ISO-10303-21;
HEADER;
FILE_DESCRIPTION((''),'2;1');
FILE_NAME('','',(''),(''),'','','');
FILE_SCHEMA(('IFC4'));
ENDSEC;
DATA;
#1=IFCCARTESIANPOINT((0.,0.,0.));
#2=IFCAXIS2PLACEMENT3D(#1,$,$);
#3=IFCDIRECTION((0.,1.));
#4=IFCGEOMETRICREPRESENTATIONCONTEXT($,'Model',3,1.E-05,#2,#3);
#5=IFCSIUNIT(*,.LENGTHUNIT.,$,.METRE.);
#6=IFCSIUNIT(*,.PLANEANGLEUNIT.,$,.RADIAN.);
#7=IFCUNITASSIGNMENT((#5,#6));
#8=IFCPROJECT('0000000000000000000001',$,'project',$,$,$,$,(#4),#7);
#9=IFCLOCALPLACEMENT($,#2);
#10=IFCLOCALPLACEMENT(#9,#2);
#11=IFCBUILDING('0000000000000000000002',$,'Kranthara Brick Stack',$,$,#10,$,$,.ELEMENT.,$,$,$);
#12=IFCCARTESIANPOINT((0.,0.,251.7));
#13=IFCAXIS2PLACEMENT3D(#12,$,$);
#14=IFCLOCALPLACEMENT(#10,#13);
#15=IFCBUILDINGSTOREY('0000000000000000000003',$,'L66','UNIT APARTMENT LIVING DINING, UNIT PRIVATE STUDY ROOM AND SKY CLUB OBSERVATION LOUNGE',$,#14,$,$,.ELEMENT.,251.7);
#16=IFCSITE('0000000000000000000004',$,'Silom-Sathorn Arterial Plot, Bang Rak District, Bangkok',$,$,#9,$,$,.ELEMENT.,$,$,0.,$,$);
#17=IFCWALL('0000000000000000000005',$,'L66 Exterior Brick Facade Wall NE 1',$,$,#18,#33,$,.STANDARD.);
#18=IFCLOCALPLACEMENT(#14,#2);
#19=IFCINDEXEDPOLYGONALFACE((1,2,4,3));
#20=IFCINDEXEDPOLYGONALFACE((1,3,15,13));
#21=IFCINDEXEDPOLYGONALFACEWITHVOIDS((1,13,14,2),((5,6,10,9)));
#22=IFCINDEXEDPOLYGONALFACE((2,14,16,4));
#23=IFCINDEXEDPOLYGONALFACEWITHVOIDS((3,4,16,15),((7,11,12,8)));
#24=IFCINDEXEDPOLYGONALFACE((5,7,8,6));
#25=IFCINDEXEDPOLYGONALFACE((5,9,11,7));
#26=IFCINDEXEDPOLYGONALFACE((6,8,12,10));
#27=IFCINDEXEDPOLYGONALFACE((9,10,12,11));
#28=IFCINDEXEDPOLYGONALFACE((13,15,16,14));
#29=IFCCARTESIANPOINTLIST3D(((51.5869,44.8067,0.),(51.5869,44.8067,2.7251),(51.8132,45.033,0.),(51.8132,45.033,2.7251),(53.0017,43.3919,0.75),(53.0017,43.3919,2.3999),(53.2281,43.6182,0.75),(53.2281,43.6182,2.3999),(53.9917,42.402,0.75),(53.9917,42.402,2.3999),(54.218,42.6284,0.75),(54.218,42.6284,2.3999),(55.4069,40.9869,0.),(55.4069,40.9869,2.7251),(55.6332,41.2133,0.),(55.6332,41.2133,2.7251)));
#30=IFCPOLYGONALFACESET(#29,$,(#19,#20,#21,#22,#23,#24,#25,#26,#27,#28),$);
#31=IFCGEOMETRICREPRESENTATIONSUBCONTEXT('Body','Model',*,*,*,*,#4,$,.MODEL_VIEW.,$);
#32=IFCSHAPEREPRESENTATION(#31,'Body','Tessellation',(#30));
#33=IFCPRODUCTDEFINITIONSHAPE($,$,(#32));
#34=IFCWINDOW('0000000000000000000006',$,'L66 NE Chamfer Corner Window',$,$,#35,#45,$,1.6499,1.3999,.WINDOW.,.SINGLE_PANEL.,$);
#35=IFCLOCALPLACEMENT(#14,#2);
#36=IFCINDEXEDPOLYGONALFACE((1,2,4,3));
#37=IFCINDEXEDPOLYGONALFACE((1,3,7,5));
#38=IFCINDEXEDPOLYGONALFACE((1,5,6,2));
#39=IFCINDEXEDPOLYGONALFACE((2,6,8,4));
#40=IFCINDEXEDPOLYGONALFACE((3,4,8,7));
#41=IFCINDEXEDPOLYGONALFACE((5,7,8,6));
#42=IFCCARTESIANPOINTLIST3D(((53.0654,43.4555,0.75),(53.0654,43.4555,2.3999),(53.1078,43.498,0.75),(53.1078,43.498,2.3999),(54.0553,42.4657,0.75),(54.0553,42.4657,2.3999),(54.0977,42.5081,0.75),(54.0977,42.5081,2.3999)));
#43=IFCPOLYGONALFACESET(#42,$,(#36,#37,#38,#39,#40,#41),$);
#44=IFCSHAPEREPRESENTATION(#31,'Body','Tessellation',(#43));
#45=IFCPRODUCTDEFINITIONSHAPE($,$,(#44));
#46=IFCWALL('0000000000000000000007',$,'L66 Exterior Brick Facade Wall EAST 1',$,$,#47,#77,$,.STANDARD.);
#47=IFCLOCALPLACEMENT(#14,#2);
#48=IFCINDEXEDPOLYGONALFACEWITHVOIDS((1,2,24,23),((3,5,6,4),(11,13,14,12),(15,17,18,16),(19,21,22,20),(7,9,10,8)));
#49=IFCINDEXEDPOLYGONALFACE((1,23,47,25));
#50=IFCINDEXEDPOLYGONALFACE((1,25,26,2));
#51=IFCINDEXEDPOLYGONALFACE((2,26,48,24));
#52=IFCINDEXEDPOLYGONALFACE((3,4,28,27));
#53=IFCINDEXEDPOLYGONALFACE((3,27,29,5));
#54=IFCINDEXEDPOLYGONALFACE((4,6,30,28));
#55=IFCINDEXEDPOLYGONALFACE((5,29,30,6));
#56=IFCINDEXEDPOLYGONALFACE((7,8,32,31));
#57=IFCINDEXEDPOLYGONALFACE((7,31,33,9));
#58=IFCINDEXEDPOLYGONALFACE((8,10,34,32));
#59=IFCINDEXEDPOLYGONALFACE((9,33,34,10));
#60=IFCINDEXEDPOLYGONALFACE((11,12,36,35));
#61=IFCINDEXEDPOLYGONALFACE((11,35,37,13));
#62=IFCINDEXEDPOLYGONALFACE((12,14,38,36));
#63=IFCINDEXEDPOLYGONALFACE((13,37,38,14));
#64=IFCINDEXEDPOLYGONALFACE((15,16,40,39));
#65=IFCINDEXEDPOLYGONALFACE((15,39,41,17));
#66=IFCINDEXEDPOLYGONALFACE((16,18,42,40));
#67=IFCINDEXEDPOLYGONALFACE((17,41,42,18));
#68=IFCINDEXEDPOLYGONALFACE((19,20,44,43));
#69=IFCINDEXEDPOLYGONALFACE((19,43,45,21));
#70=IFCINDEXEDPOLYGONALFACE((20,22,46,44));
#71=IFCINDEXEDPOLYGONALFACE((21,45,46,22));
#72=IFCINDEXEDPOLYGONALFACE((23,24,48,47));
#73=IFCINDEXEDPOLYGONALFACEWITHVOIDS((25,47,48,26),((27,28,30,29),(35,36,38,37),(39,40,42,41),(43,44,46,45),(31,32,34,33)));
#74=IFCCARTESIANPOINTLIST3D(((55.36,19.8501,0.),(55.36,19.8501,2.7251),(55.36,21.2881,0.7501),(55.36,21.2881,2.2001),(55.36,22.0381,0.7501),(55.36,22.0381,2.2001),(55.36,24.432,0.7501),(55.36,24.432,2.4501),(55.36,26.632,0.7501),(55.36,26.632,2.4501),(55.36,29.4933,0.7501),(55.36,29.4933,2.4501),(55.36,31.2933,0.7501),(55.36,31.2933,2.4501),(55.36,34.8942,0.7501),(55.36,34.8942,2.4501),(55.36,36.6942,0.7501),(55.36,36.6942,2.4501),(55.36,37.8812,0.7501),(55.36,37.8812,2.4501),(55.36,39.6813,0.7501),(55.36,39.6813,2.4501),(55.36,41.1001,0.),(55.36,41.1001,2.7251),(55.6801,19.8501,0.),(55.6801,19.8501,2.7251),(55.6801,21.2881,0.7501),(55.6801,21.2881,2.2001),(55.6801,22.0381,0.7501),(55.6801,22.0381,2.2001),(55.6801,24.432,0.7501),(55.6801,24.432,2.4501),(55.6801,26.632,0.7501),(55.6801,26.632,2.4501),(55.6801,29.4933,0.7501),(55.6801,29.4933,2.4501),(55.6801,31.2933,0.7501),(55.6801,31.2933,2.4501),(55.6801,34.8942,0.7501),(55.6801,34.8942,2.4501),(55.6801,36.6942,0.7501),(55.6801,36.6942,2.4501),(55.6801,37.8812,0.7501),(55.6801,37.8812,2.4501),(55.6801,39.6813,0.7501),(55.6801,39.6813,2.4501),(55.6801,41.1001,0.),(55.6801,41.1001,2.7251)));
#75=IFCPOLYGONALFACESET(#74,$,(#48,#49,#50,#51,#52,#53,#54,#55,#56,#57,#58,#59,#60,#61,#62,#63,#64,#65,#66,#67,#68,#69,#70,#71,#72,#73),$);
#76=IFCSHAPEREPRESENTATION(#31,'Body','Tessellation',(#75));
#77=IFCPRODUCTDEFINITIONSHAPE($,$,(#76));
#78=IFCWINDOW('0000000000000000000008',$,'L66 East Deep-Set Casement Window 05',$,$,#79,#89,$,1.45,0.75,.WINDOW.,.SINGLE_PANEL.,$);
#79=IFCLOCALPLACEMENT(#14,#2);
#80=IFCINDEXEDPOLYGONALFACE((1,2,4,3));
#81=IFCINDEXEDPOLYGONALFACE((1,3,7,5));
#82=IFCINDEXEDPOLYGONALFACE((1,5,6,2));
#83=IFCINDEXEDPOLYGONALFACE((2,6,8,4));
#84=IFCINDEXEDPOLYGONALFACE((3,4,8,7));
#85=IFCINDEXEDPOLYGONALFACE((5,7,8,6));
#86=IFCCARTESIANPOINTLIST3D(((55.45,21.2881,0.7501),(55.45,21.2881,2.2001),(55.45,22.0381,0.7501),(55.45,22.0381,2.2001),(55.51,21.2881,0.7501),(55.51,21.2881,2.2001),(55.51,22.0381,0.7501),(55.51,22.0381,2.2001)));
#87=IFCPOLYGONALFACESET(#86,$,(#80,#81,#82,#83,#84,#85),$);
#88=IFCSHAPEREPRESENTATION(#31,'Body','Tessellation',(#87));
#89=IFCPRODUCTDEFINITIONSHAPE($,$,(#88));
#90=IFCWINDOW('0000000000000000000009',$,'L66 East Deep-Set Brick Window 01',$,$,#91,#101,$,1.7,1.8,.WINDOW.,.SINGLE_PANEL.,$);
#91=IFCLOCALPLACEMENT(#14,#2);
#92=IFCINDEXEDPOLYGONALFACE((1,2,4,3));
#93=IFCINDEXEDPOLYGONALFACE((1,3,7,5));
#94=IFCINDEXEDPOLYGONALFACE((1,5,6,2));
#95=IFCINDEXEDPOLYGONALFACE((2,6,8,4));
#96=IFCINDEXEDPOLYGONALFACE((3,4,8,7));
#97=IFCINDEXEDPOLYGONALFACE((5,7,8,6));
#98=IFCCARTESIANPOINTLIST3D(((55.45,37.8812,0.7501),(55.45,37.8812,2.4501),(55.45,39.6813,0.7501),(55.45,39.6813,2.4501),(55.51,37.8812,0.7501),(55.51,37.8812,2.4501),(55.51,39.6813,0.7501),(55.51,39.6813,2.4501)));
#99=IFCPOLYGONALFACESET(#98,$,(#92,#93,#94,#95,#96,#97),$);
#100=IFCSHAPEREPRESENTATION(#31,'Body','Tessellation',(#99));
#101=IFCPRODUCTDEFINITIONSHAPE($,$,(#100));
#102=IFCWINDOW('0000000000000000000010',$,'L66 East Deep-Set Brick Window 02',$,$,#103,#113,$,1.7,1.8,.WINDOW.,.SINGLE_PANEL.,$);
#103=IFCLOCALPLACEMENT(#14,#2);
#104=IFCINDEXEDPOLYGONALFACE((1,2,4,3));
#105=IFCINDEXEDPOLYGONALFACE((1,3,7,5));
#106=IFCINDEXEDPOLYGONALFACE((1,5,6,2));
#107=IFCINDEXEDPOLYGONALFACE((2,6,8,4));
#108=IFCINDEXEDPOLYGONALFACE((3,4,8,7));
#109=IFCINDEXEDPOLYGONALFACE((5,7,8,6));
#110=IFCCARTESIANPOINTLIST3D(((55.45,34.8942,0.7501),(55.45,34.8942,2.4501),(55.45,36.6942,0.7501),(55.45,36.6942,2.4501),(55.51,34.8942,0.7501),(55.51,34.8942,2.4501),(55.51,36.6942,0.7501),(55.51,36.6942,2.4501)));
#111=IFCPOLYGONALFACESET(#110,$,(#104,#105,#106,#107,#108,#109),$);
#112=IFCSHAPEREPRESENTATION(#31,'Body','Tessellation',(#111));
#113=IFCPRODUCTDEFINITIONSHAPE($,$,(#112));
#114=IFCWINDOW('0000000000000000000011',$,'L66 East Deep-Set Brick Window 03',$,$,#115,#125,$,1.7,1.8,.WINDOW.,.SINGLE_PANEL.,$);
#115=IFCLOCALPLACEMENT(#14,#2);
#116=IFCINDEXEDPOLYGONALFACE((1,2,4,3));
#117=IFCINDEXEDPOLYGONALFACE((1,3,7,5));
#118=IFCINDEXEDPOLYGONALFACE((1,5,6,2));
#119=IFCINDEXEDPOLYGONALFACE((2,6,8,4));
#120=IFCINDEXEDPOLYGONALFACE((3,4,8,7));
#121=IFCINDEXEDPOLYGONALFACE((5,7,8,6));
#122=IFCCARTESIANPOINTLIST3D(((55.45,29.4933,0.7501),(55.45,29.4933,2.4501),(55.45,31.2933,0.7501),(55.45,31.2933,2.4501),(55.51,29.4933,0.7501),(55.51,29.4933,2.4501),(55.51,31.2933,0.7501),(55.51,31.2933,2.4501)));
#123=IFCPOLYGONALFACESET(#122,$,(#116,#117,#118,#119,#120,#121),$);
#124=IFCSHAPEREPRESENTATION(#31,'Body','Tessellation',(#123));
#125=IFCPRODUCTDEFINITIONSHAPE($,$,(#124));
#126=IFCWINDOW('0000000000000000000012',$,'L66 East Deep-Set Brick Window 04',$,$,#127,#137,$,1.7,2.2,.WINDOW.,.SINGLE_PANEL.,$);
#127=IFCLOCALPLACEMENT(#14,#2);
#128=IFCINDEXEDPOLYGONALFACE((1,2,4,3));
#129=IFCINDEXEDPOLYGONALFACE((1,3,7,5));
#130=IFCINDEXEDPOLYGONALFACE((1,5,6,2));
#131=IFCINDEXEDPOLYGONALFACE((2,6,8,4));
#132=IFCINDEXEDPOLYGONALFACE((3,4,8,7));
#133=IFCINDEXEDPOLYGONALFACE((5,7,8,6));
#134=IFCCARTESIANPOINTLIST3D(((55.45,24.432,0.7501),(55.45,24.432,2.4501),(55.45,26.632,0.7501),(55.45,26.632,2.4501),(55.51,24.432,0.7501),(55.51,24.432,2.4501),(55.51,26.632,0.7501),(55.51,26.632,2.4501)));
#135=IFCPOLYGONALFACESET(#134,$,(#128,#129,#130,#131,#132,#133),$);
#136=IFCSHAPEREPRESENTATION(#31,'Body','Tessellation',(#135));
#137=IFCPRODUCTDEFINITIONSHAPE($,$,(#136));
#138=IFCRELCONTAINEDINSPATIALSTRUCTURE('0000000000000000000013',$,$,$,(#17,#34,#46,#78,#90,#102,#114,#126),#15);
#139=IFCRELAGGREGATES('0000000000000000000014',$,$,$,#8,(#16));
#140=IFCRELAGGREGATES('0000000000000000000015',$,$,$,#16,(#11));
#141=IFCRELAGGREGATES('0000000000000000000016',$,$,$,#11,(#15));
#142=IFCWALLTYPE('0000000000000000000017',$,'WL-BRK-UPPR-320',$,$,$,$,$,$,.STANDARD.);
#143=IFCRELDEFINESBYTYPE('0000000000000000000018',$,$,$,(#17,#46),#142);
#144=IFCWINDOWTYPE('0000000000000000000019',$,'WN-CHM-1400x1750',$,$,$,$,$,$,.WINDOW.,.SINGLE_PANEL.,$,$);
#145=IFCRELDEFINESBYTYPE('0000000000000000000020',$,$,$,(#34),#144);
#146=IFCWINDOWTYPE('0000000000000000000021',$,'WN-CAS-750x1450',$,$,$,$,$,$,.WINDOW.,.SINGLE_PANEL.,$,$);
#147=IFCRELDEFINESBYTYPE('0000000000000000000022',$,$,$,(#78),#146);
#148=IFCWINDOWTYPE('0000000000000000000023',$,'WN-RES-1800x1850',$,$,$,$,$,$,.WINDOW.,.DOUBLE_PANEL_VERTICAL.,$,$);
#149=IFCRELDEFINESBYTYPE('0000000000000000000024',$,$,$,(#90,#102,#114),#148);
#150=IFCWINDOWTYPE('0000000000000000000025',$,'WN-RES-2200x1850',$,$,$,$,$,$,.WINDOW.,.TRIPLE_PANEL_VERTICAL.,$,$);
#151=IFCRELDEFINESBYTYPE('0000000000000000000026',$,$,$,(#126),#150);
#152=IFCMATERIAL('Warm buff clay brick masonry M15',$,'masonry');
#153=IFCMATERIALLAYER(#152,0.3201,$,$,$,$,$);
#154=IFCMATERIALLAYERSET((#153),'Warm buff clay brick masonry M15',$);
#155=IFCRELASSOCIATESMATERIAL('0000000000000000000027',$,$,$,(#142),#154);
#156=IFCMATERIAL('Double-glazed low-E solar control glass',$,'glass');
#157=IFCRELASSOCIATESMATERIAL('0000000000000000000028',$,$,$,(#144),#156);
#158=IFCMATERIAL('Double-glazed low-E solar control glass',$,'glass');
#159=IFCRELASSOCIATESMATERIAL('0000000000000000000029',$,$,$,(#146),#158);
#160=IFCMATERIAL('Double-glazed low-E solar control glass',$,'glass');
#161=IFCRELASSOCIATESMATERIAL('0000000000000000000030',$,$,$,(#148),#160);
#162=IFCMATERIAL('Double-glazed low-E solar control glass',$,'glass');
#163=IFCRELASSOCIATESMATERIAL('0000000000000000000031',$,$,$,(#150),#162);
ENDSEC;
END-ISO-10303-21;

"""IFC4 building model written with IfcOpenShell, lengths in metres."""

from ifc_helpers import new_model, si_unit, direction, frame, frame_2d, origin, place, context, subcontext, project, spatial, rectangle, extrude, material, layer, layer_set, type_object, element, fill, save


model = new_model("IFC4")

# Units and contexts
model_context = context("Model", 3, precision=1e-05, world=origin(), true_north=direction((0.0, 1.0)))
body_context = subcontext(model_context, "Body", "Model", "MODEL_VIEW")
ifc_project = project(units=[si_unit("LENGTHUNIT", "METRE"), si_unit("PLANEANGLEUNIT", "RADIAN")], contexts=[model_context])

# Site, building, storey
site_placement = place(None, origin())
site = spatial("IfcSite", under=ifc_project, at=site_placement, Name="Silom-Sathorn Arterial Plot, Bang Rak District, Bangkok", CompositionType="ELEMENT", RefElevation=0.0)
building_placement = place(site_placement, origin())
building = spatial("IfcBuilding", under=site, at=building_placement, Name="Kranthara Brick Stack", CompositionType="ELEMENT")
storey_placement = place(building_placement, frame((0.0, 0.0, 251.7)))
storey = spatial("IfcBuildingStorey", under=building, at=storey_placement, Name="L66", Description="UNIT APARTMENT LIVING DINING, UNIT PRIVATE STUDY ROOM AND SKY CLUB OBSERVATION LOUNGE", CompositionType="ELEMENT", Elevation=251.7)

# Wall, opening, window
ifc_material_1 = material(Name="Warm buff clay brick masonry M15", Category="masonry")
ifc_layer_1 = layer(ifc_material_1, 0.3201)
ifc_layer_set_1 = layer_set([ifc_layer_1], Name="Warm buff clay brick masonry M15")
wall_type_1 = type_object("IfcWallType", Name="WL-BRK-UPPR-320", PredefinedType="STANDARD", material=ifc_layer_set_1)
wall_1_placement = place(storey_placement, frame((51.7, 44.9199, 0.0), z_axis=(0.0, 0.0, 1.0), x_axis=(0.707129, -0.707084, 0.0)))
wall_1 = element("IfcWall", 1, at=wall_1_placement, inside=storey, type_object=wall_type_1, Name="L66 Exterior Brick Facade Wall NE 1", PredefinedType="STANDARD", context=body_context, shape_type="SweptSolid", body=[
    extrude(rectangle(XDim=5.4021, YDim=0.3201, at=frame_2d((2.7012, 0.0))), origin(), (0.0, 0.0, 1.0), 2.7251),
])
opening_1_placement = place(wall_1_placement, frame((2.001, 0.0, 0.75)))
opening_1 = element("IfcOpeningElement", 2, at=opening_1_placement, cuts=wall_1, PredefinedType="OPENING", context=body_context, shape_type="SweptSolid", body=[
    extrude(rectangle(XDim=1.3999, YDim=1.6499, at=frame_2d((0.7, 0.825))), frame((0.0, 0.1699, 0.0), z_axis=(0.0, -1.0, 0.0), x_axis=(1.0, 0.0, 0.0)), (0.0, 0.0, 1.0), 0.3401),
])
ifc_material_2 = material(Name="Double-glazed low-E solar control glass", Category="glass")
window_type_1 = type_object("IfcWindowType", Name="WN-CHM-1400x1750", PartitioningType="SINGLE_PANEL", PredefinedType="WINDOW", material=ifc_material_2)
window_1_placement = place(opening_1_placement, origin())
window_1 = element("IfcWindow", 3, at=window_1_placement, inside=storey, type_object=window_type_1, Name="L66 NE Chamfer Corner Window", OverallHeight=1.6499, OverallWidth=1.3999, PartitioningType="SINGLE_PANEL", PredefinedType="WINDOW", context=body_context, shape_type="SweptSolid", body=[
    extrude(rectangle(XDim=1.3999, YDim=1.6499, at=frame_2d((0.7, 0.825))), frame((0.0, -0.01, 0.0), z_axis=(0.0, -1.0, 0.0), x_axis=(1.0, 0.0, 0.0)), (0.0, 0.0, 1.0), 0.0601),
])
fill(opening_1, window_1)

# Wall, openings, windows
wall_2_placement = place(storey_placement, frame((55.52, 41.1001, 0.0), z_axis=(0.0, 0.0, 1.0), x_axis=(0.0, -1.0, 0.0)))
wall_2 = element("IfcWall", 4, at=wall_2_placement, inside=storey, type_object=wall_type_1, Name="L66 Exterior Brick Facade Wall EAST 1", PredefinedType="STANDARD", context=body_context, shape_type="SweptSolid", body=[
    extrude(rectangle(XDim=21.25, YDim=0.3201, at=frame_2d((10.625, 0.0))), origin(), (0.0, 0.0, 1.0), 2.7251),
])
opening_2_placement = place(wall_2_placement, frame((1.4189, 0.0, 0.75)))
opening_2 = element("IfcOpeningElement", 5, at=opening_2_placement, cuts=wall_2, PredefinedType="OPENING", context=body_context, shape_type="SweptSolid", body=[
    extrude(rectangle(XDim=1.8, YDim=1.7, at=frame_2d((0.8999, 0.8501))), frame((0.0, 0.1699, 0.0), z_axis=(0.0, -1.0, 0.0), x_axis=(1.0, 0.0, 0.0)), (0.0, 0.0, 1.0), 0.3401),
])
opening_3_placement = place(wall_2_placement, frame((4.406, 0.0, 0.75)))
opening_3 = element("IfcOpeningElement", 6, at=opening_3_placement, cuts=wall_2, PredefinedType="OPENING", context=body_context, shape_type="SweptSolid", body=[
    extrude(rectangle(XDim=1.8, YDim=1.7, at=frame_2d((0.8999, 0.8501))), frame((0.0, 0.1699, 0.0), z_axis=(0.0, -1.0, 0.0), x_axis=(1.0, 0.0, 0.0)), (0.0, 0.0, 1.0), 0.3401),
])
opening_4_placement = place(wall_2_placement, frame((9.8069, 0.0, 0.75)))
opening_4 = element("IfcOpeningElement", 7, at=opening_4_placement, cuts=wall_2, PredefinedType="OPENING", context=body_context, shape_type="SweptSolid", body=[
    extrude(rectangle(XDim=1.8, YDim=1.7, at=frame_2d((0.8999, 0.8501))), frame((0.0, 0.1699, 0.0), z_axis=(0.0, -1.0, 0.0), x_axis=(1.0, 0.0, 0.0)), (0.0, 0.0, 1.0), 0.3401),
])
opening_5_placement = place(wall_2_placement, frame((14.468, 0.0, 0.75)))
opening_5 = element("IfcOpeningElement", 8, at=opening_5_placement, cuts=wall_2, PredefinedType="OPENING", context=body_context, shape_type="SweptSolid", body=[
    extrude(rectangle(XDim=2.2, YDim=1.7, at=frame_2d((1.1001, 0.8501))), frame((0.0, 0.1699, 0.0), z_axis=(0.0, -1.0, 0.0), x_axis=(1.0, 0.0, 0.0)), (0.0, 0.0, 1.0), 0.3401),
])
opening_6_placement = place(wall_2_placement, frame((19.062, 0.0, 0.75)))
opening_6 = element("IfcOpeningElement", 9, at=opening_6_placement, cuts=wall_2, PredefinedType="OPENING", context=body_context, shape_type="SweptSolid", body=[
    extrude(rectangle(XDim=0.75, YDim=1.45, at=frame_2d((0.375, 0.7251))), frame((0.0, 0.1699, 0.0), z_axis=(0.0, -1.0, 0.0), x_axis=(1.0, 0.0, 0.0)), (0.0, 0.0, 1.0), 0.3401),
])
ifc_material_3 = material(Name="Double-glazed low-E solar control glass", Category="glass")
window_type_2 = type_object("IfcWindowType", Name="WN-CAS-750x1450", PartitioningType="SINGLE_PANEL", PredefinedType="WINDOW", material=ifc_material_3)
window_2_placement = place(opening_6_placement, origin())
window_2 = element("IfcWindow", 10, at=window_2_placement, inside=storey, type_object=window_type_2, Name="L66 East Deep-Set Casement Window 05", OverallHeight=1.45, OverallWidth=0.75, PartitioningType="SINGLE_PANEL", PredefinedType="WINDOW", context=body_context, shape_type="SweptSolid", body=[
    extrude(rectangle(XDim=0.75, YDim=1.45, at=frame_2d((0.375, 0.7251))), frame((0.0, -0.01, 0.0), z_axis=(0.0, -1.0, 0.0), x_axis=(1.0, 0.0, 0.0)), (0.0, 0.0, 1.0), 0.0601),
])
fill(opening_6, window_2)
ifc_material_4 = material(Name="Double-glazed low-E solar control glass", Category="glass")
window_type_3 = type_object("IfcWindowType", Name="WN-RES-1800x1850", PartitioningType="DOUBLE_PANEL_VERTICAL", PredefinedType="WINDOW", material=ifc_material_4)
window_3_placement = place(opening_2_placement, origin())
window_3 = element("IfcWindow", 11, at=window_3_placement, inside=storey, type_object=window_type_3, Name="L66 East Deep-Set Brick Window 01", OverallHeight=1.7, OverallWidth=1.8, PartitioningType="SINGLE_PANEL", PredefinedType="WINDOW", context=body_context, shape_type="SweptSolid", body=[
    extrude(rectangle(XDim=1.8, YDim=1.7, at=frame_2d((0.8999, 0.8501))), frame((0.0, -0.01, 0.0), z_axis=(0.0, -1.0, 0.0), x_axis=(1.0, 0.0, 0.0)), (0.0, 0.0, 1.0), 0.0601),
])
fill(opening_2, window_3)
window_4_placement = place(opening_3_placement, origin())
window_4 = element("IfcWindow", 12, at=window_4_placement, inside=storey, type_object=window_type_3, Name="L66 East Deep-Set Brick Window 02", OverallHeight=1.7, OverallWidth=1.8, PartitioningType="SINGLE_PANEL", PredefinedType="WINDOW", context=body_context, shape_type="SweptSolid", body=[
    extrude(rectangle(XDim=1.8, YDim=1.7, at=frame_2d((0.8999, 0.8501))), frame((0.0, -0.01, 0.0), z_axis=(0.0, -1.0, 0.0), x_axis=(1.0, 0.0, 0.0)), (0.0, 0.0, 1.0), 0.0601),
])
fill(opening_3, window_4)
window_5_placement = place(opening_4_placement, origin())
window_5 = element("IfcWindow", 13, at=window_5_placement, inside=storey, type_object=window_type_3, Name="L66 East Deep-Set Brick Window 03", OverallHeight=1.7, OverallWidth=1.8, PartitioningType="SINGLE_PANEL", PredefinedType="WINDOW", context=body_context, shape_type="SweptSolid", body=[
    extrude(rectangle(XDim=1.8, YDim=1.7, at=frame_2d((0.8999, 0.8501))), frame((0.0, -0.01, 0.0), z_axis=(0.0, -1.0, 0.0), x_axis=(1.0, 0.0, 0.0)), (0.0, 0.0, 1.0), 0.0601),
])
fill(opening_4, window_5)
ifc_material_5 = material(Name="Double-glazed low-E solar control glass", Category="glass")
window_type_4 = type_object("IfcWindowType", Name="WN-RES-2200x1850", PartitioningType="TRIPLE_PANEL_VERTICAL", PredefinedType="WINDOW", material=ifc_material_5)
window_6_placement = place(opening_5_placement, origin())
window_6 = element("IfcWindow", 14, at=window_6_placement, inside=storey, type_object=window_type_4, Name="L66 East Deep-Set Brick Window 04", OverallHeight=1.7, OverallWidth=2.2, PartitioningType="SINGLE_PANEL", PredefinedType="WINDOW", context=body_context, shape_type="SweptSolid", body=[
    extrude(rectangle(XDim=2.2, YDim=1.7, at=frame_2d((1.1001, 0.8501))), frame((0.0, -0.01, 0.0), z_axis=(0.0, -1.0, 0.0), x_axis=(1.0, 0.0, 0.0)), (0.0, 0.0, 1.0), 0.0601),
])
fill(opening_5, window_6)

save(model, "model.ifc")
